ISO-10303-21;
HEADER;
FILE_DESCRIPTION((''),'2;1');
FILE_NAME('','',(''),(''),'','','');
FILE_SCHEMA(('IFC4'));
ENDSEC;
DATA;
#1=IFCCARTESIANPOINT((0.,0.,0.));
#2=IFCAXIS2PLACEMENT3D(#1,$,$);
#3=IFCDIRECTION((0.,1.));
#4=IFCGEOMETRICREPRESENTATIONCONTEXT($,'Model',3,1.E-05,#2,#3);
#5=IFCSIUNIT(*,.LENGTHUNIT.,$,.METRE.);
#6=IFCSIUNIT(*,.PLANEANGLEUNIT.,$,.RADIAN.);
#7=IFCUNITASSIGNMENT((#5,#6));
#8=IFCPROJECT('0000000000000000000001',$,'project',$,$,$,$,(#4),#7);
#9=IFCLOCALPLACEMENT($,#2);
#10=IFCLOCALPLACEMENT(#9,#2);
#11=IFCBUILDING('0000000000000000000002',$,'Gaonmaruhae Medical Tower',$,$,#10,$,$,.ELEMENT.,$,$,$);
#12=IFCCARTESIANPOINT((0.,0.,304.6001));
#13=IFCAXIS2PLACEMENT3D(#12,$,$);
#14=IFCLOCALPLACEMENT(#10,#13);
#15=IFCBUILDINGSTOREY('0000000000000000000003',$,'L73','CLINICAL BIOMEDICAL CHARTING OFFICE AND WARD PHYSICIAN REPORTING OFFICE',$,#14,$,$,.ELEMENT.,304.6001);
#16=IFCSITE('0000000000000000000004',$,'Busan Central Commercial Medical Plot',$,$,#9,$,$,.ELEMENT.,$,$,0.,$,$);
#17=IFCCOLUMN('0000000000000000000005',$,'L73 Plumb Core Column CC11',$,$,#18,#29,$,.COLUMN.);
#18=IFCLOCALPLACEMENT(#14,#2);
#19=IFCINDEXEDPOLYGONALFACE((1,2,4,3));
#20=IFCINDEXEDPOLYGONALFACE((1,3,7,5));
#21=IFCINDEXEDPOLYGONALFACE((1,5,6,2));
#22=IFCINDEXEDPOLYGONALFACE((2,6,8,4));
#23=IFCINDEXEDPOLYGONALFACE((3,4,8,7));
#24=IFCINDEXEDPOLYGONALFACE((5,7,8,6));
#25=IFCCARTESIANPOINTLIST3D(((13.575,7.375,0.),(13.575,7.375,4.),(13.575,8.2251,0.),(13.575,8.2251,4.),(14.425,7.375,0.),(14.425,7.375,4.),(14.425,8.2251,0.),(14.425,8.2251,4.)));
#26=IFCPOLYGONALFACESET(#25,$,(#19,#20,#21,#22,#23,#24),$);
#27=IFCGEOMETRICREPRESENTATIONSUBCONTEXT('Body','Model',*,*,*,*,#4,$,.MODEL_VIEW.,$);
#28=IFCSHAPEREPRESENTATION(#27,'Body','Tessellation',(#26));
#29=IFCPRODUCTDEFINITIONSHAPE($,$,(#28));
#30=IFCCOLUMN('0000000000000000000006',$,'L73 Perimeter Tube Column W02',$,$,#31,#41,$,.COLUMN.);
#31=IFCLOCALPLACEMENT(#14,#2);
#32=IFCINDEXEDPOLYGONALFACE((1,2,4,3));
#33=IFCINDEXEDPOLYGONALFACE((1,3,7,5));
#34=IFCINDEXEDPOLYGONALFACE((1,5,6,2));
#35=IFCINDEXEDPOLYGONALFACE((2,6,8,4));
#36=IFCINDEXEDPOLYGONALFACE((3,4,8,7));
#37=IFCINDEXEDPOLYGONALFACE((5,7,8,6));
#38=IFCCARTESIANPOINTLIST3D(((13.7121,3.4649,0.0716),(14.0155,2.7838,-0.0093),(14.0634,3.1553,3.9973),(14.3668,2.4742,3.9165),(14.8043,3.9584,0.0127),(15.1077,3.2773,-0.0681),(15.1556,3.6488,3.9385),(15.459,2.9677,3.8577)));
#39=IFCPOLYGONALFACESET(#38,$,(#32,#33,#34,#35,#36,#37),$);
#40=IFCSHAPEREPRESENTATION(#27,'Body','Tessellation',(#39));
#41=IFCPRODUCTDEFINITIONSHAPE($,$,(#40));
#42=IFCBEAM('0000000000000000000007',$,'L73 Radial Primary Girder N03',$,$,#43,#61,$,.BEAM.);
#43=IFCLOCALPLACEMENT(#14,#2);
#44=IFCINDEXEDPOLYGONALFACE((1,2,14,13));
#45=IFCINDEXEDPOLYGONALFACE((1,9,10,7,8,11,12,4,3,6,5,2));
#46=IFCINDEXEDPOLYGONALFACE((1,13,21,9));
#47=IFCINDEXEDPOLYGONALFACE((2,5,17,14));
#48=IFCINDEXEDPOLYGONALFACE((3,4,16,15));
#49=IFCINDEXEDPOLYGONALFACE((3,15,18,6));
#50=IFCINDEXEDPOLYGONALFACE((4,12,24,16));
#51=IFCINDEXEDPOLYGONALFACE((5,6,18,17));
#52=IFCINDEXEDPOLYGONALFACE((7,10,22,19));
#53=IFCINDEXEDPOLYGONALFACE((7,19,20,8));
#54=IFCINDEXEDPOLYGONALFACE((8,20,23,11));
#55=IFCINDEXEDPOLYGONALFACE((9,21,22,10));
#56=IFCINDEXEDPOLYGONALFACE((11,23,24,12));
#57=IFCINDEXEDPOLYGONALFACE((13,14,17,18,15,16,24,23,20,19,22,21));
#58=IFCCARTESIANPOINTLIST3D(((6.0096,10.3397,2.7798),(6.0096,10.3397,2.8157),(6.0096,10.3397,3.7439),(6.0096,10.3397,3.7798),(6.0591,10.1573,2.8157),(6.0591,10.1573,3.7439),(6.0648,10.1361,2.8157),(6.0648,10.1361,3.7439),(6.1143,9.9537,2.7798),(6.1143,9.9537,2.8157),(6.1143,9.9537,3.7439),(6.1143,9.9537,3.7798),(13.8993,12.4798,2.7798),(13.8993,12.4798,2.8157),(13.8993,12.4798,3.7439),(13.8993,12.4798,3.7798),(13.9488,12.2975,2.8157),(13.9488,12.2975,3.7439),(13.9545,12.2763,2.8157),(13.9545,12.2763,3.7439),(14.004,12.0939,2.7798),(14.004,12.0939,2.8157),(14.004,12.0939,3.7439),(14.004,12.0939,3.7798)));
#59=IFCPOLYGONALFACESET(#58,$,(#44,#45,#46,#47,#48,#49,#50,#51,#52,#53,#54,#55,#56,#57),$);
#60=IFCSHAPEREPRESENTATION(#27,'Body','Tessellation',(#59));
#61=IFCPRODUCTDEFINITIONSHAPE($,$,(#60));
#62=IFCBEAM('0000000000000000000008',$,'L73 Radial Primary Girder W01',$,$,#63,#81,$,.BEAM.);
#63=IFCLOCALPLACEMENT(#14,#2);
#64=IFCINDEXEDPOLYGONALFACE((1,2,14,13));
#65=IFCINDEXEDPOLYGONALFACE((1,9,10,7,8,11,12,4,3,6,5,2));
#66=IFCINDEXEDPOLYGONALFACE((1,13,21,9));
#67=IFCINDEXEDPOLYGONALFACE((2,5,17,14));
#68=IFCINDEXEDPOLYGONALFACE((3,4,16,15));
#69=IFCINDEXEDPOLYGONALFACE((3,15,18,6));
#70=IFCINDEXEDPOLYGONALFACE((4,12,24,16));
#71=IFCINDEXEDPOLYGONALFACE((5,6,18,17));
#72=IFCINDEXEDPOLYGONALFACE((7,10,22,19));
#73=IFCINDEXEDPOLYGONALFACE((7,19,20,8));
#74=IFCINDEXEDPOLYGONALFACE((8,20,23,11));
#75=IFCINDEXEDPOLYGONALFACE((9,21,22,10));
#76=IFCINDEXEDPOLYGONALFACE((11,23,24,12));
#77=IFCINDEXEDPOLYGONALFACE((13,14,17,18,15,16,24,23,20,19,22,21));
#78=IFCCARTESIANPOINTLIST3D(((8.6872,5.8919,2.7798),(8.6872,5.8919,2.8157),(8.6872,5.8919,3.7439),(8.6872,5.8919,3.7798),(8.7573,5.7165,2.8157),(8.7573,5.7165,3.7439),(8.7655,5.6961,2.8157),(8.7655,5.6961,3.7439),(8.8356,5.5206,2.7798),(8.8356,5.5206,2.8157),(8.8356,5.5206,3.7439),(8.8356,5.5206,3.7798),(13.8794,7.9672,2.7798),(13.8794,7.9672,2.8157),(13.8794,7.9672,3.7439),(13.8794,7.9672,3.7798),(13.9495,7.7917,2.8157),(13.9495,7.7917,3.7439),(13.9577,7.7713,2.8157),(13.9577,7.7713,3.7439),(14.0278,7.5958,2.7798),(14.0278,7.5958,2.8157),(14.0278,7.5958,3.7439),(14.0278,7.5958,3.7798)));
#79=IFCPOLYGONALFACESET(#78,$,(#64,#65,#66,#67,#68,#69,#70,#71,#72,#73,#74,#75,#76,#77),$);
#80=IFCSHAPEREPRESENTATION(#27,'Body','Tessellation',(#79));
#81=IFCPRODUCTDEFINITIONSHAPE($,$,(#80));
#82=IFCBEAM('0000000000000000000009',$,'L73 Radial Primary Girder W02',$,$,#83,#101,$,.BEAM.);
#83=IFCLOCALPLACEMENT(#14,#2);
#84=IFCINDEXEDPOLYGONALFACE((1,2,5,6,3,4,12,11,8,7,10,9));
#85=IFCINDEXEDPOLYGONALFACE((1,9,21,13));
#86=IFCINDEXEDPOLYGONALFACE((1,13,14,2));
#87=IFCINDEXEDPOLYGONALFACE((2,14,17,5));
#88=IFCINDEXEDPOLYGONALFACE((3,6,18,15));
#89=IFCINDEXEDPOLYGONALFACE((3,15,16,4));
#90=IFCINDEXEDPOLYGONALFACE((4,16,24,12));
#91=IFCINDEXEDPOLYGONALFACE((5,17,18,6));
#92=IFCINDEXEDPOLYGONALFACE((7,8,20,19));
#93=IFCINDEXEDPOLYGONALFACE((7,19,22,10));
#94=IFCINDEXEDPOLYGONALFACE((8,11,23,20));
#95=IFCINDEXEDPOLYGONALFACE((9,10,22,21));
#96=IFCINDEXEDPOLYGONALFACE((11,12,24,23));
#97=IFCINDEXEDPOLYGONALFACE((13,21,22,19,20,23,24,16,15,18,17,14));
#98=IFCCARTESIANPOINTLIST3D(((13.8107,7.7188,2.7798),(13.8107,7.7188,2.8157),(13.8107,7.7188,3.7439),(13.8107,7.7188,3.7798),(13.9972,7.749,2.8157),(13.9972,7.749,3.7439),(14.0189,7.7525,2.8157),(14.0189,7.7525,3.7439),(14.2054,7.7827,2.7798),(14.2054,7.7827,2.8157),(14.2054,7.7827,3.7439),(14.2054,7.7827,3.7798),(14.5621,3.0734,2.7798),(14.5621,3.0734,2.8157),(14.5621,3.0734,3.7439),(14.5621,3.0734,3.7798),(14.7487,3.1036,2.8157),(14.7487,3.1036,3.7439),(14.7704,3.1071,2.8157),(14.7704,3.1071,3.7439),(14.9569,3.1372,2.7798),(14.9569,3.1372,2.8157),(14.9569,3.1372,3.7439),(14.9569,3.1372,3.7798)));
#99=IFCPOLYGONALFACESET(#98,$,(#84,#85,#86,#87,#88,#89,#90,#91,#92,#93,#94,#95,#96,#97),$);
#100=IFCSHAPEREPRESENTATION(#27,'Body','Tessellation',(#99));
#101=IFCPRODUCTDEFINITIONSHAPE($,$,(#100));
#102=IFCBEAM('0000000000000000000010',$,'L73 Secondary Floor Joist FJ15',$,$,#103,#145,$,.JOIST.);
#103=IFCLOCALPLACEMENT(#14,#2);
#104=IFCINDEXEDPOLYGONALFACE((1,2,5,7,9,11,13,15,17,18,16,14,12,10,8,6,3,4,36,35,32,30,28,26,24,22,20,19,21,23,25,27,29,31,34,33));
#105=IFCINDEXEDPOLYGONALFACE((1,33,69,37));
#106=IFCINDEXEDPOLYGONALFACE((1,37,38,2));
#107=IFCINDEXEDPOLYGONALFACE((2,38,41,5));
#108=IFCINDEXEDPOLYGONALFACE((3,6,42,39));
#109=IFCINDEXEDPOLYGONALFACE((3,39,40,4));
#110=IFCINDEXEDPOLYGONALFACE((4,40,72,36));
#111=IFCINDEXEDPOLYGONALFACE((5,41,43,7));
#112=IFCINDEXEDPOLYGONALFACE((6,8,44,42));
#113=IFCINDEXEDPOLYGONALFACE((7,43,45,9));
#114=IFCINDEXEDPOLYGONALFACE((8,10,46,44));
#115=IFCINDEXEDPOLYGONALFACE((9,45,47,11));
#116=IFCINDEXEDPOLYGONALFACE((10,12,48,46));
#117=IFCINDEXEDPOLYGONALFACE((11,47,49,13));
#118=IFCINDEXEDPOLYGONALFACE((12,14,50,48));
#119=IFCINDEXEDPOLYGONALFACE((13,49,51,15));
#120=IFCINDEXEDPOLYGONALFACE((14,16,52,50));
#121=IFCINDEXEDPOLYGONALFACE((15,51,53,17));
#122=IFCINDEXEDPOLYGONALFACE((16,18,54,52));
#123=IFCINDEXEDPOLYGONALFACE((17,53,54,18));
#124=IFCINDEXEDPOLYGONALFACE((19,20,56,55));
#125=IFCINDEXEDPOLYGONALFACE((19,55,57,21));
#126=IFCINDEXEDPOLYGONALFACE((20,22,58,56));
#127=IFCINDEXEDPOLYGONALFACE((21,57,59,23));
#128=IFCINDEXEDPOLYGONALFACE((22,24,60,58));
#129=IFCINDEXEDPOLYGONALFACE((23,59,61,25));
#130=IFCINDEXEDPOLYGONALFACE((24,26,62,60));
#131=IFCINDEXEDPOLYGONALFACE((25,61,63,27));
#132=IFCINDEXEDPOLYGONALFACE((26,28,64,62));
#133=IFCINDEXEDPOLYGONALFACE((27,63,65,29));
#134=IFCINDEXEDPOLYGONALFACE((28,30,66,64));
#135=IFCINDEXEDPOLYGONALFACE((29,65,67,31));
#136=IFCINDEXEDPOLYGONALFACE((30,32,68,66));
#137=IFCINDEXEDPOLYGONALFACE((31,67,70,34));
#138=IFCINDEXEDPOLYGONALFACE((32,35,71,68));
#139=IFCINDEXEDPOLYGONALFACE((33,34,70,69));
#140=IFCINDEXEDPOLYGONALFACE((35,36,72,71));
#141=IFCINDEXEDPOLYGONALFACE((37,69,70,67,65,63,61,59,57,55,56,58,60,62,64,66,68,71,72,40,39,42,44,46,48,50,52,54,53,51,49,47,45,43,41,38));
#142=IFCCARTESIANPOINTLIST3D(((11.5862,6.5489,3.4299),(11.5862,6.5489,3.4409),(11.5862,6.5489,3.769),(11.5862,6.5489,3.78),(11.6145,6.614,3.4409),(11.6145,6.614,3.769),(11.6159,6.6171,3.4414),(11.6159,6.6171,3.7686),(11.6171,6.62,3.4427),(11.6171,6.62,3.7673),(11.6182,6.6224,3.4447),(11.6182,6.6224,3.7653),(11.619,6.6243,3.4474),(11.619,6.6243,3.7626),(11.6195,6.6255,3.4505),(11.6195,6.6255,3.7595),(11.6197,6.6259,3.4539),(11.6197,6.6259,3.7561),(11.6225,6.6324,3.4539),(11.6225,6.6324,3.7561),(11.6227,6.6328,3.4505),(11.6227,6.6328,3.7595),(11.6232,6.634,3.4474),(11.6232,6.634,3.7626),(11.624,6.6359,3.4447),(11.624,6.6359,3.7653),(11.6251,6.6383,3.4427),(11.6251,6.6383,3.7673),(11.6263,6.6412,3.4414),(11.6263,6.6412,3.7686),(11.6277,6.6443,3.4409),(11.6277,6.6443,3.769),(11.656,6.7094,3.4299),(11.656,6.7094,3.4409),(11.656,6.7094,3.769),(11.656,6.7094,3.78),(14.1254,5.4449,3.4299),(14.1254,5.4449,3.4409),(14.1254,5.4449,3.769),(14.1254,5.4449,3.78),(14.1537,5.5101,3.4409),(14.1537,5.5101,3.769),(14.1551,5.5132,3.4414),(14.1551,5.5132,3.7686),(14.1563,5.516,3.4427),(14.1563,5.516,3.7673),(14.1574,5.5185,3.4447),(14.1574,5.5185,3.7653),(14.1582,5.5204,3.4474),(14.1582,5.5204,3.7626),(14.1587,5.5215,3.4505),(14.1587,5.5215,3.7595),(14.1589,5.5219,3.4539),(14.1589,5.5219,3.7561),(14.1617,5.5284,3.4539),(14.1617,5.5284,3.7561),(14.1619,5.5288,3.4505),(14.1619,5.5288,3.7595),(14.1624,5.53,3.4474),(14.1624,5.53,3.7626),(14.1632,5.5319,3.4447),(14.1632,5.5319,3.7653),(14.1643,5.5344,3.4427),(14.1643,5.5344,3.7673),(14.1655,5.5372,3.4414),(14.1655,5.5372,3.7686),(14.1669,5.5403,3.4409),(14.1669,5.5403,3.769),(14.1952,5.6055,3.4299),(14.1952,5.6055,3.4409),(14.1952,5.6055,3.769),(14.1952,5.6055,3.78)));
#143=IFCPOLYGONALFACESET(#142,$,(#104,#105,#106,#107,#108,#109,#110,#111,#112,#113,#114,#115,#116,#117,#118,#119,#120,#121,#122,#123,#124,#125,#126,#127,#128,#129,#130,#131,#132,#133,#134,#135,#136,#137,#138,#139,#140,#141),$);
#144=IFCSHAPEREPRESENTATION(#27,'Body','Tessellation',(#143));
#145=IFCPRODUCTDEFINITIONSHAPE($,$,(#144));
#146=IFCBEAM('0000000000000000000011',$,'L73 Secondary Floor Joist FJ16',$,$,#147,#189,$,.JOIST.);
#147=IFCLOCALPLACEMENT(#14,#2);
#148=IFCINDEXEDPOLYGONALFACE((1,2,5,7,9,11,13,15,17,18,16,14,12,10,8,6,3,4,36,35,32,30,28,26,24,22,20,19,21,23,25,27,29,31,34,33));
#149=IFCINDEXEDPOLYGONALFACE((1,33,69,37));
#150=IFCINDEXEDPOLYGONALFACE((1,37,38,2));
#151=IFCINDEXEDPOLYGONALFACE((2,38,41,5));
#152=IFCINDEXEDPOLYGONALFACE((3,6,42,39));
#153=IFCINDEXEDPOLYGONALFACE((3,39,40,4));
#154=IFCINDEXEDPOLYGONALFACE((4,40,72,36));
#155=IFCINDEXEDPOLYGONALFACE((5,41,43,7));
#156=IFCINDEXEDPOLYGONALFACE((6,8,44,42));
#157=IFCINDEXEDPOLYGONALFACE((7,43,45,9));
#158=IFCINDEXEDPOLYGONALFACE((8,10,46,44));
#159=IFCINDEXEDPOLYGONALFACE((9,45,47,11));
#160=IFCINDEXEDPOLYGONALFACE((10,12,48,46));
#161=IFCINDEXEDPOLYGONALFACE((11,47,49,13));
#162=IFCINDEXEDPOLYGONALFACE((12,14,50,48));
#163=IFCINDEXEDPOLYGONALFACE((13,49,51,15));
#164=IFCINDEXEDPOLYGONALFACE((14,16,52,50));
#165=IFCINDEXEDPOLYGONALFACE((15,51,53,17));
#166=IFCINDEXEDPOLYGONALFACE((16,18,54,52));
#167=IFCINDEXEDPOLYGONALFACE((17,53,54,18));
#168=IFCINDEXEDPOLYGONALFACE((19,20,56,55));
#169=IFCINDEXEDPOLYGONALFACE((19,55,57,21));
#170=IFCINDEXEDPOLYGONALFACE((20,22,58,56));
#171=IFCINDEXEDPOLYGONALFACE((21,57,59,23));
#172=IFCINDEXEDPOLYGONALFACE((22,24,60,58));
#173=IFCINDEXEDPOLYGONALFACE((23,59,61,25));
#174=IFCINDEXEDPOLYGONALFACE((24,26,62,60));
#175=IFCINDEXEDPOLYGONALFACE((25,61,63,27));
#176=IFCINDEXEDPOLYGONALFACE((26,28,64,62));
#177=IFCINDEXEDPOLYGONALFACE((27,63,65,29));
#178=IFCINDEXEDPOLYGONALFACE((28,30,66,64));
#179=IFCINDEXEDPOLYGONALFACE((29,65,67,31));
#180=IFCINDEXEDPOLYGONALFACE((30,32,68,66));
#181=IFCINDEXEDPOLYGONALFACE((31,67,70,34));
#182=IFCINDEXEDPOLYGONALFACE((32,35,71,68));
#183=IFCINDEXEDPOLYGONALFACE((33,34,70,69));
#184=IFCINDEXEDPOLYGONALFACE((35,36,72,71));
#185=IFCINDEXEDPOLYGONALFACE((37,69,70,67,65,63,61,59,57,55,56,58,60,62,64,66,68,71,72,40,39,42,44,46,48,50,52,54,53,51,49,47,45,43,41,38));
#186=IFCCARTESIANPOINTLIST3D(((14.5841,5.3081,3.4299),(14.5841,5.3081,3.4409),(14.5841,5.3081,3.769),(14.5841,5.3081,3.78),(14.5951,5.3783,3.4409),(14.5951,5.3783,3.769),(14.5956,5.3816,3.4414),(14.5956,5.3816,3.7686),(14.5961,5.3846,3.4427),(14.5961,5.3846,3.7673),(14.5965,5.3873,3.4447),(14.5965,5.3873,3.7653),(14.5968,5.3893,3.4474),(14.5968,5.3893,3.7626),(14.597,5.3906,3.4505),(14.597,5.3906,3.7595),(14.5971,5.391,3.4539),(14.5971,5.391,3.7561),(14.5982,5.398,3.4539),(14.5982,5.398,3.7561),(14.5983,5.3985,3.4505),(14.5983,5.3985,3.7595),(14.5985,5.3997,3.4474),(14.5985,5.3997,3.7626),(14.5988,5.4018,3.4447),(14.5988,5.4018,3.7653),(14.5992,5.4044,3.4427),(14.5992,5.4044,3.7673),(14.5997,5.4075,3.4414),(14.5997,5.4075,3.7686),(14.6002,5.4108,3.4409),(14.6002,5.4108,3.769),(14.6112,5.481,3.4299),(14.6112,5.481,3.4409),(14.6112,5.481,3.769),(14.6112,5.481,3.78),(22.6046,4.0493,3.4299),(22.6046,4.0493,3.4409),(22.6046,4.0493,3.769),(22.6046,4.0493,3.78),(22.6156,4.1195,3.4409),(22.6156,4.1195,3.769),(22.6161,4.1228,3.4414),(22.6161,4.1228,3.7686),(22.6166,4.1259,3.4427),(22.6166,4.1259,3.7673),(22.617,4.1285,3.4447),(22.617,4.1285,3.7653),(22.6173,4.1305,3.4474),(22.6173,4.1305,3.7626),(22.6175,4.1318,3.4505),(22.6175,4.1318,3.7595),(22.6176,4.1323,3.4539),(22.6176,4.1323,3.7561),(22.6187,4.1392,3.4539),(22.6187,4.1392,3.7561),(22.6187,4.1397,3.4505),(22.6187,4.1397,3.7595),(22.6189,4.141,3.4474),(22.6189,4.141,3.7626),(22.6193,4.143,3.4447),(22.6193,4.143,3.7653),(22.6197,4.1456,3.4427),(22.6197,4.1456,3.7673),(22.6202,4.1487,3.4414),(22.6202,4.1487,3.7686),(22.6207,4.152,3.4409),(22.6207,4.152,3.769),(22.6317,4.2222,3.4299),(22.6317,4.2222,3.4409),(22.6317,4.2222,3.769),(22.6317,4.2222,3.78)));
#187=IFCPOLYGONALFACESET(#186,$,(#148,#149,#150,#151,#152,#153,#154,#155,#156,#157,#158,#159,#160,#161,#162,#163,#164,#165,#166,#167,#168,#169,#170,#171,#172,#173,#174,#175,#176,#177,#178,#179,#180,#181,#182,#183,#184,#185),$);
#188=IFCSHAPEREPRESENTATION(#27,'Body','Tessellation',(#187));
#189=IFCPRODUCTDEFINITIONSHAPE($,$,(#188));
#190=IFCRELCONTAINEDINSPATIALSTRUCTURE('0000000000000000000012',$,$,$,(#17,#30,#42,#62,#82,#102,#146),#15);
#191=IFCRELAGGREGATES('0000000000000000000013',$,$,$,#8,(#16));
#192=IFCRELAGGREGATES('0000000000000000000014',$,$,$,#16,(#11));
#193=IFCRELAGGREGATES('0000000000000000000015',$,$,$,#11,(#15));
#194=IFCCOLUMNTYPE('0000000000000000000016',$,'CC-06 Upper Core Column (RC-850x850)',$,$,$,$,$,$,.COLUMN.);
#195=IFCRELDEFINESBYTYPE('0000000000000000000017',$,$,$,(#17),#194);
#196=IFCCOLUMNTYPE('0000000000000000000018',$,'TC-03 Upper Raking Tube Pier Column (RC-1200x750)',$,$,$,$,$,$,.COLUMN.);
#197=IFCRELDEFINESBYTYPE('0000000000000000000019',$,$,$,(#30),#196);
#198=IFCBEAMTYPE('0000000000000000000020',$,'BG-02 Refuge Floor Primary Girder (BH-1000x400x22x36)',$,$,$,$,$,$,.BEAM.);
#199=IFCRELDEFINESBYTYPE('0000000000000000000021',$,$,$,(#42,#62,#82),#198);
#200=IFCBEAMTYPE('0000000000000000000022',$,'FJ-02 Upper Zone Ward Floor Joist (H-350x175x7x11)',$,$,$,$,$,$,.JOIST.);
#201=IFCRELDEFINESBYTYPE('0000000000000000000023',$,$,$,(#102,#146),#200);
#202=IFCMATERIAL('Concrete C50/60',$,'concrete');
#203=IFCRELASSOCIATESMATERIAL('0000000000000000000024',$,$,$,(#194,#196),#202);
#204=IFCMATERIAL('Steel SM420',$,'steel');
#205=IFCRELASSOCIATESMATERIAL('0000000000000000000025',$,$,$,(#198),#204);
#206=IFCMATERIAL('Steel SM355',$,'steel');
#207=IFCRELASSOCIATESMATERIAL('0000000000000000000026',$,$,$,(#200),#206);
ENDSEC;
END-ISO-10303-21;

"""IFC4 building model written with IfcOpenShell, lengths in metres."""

from ifc_helpers import new_model, si_unit, direction, frame, origin, origin_2d, place, context, subcontext, project, spatial, rectangle, i_section, extrude, material, material_profile, profile_set, type_object, element, save


model = new_model("IFC4")

# Units and contexts
model_context = context("Model", 3, precision=1e-05, world=origin(), true_north=direction((0.0, 1.0)))
body_context = subcontext(model_context, "Body", "Model", "MODEL_VIEW")
ifc_project = project(units=[si_unit("LENGTHUNIT", "METRE"), si_unit("PLANEANGLEUNIT", "RADIAN")], contexts=[model_context])

# Site, building, storey
site_placement = place(None, origin())
site = spatial("IfcSite", under=ifc_project, at=site_placement, Name="Busan Central Commercial Medical Plot", CompositionType="ELEMENT", RefElevation=0.0)
building_placement = place(site_placement, origin())
building = spatial("IfcBuilding", under=site, at=building_placement, Name="Gaonmaruhae Medical Tower", CompositionType="ELEMENT")
storey_placement = place(building_placement, frame((0.0, 0.0, 304.6001)))
storey = spatial("IfcBuildingStorey", under=building, at=storey_placement, Name="L73", Description="CLINICAL BIOMEDICAL CHARTING OFFICE AND WARD PHYSICIAN REPORTING OFFICE", CompositionType="ELEMENT", Elevation=304.6001)

# Columns
ifc_material_1 = material(Name="Concrete C50/60", Category="concrete")
ifc_material_profile_1 = material_profile(ifc_material_1, rectangle(XDim=0.8501, YDim=0.8501, at=origin_2d()), Name="RC-850x850")
ifc_profile_set_1 = profile_set([ifc_material_profile_1], Name="Concrete C50/60")
column_type_1 = type_object("IfcColumnType", Name="CC-06 Upper Core Column (RC-850x850)", PredefinedType="COLUMN", material=ifc_profile_set_1)
column_1_placement = place(storey_placement, frame((14.0, 7.8, 0.0), z_axis=(0.0, 0.0, 1.0), x_axis=(1.0, 0.0, 0.0)))
element("IfcColumn", 1, at=column_1_placement, inside=storey, type_object=column_type_1, Name="L73 Plumb Core Column CC11", PredefinedType="COLUMN", context=body_context, shape_type="SweptSolid", body=[
    extrude(rectangle(XDim=0.8501, YDim=0.8501, at=origin_2d()), origin(), (0.0, 0.0, 1.0), 4.0),
])
ifc_material_profile_2 = material_profile(ifc_material_1, rectangle(XDim=1.2, YDim=0.75, at=origin_2d()), Name="RC-1200x750")
ifc_profile_set_2 = profile_set([ifc_material_profile_2], Name="Concrete C50/60")
column_type_2 = type_object("IfcColumnType", Name="TC-03 Upper Raking Tube Pier Column (RC-1200x750)", PredefinedType="COLUMN", material=ifc_profile_set_2)
column_2_placement = place(storey_placement, frame((14.4099, 3.3711, 0.0017), z_axis=(0.08886, -0.078301, 0.992962), x_axis=(-0.910188, -0.411285, 0.049021)))
element("IfcColumn", 2, at=column_2_placement, inside=storey, type_object=column_type_2, Name="L73 Perimeter Tube Column W02", PredefinedType="COLUMN", context=body_context, shape_type="SweptSolid", body=[
    extrude(rectangle(XDim=1.2, YDim=0.75, at=origin_2d()), origin(), (0.0, 0.0, 1.0), 3.9536),
])

# Beams
ifc_material_2 = material(Name="Steel SM420", Category="steel")
ifc_material_profile_3 = material_profile(ifc_material_2, i_section(OverallWidth=0.3999, OverallDepth=1.0, WebThickness=0.022, FlangeThickness=0.0359, at=origin_2d()), Name="BH-1000x400x22x36")
ifc_profile_set_3 = profile_set([ifc_material_profile_3], Name="Steel SM420")
beam_type_1 = type_object("IfcBeamType", Name="BG-02 Refuge Floor Primary Girder (BH-1000x400x22x36)", PredefinedType="BEAM", material=ifc_profile_set_3)
beam_1_placement = place(storey_placement, frame((13.9517, 12.2869, 3.2798), z_axis=(-0.965123, -0.261798, 0.0), x_axis=(0.261798, -0.965123, 0.0)))
element("IfcBeam", 3, at=beam_1_placement, inside=storey, type_object=beam_type_1, Name="L73 Radial Primary Girder N03", PredefinedType="BEAM", context=body_context, shape_type="SweptSolid", body=[
    extrude(i_section(OverallWidth=0.3999, OverallDepth=1.0, WebThickness=0.022, FlangeThickness=0.0359, at=origin_2d()), origin(), (0.0, 0.0, 1.0), 8.1748),
])
beam_2_placement = place(storey_placement, frame((13.9536, 7.7815, 3.2798), z_axis=(-0.928579, -0.371135, 0.0), x_axis=(0.371135, -0.928579, 0.0)))
element("IfcBeam", 4, at=beam_2_placement, inside=storey, type_object=beam_type_1, Name="L73 Radial Primary Girder W01", PredefinedType="BEAM", context=body_context, shape_type="SweptSolid", body=[
    extrude(i_section(OverallWidth=0.3999, OverallDepth=1.0, WebThickness=0.022, FlangeThickness=0.0359, at=origin_2d()), origin(), (0.0, 0.0, 1.0), 5.5916),
])
beam_3_placement = place(storey_placement, frame((14.0081, 7.7507, 3.2798), z_axis=(0.159686, -0.987168, 0.0), x_axis=(0.987168, 0.159686, 0.0)))
element("IfcBeam", 5, at=beam_3_placement, inside=storey, type_object=beam_type_1, Name="L73 Radial Primary Girder W02", PredefinedType="BEAM", context=body_context, shape_type="SweptSolid", body=[
    extrude(i_section(OverallWidth=0.3999, OverallDepth=1.0, WebThickness=0.022, FlangeThickness=0.0359, at=origin_2d()), origin(), (0.0, 0.0, 1.0), 4.7058),
])
ifc_material_3 = material(Name="Steel SM355", Category="steel")
ifc_material_profile_4 = material_profile(ifc_material_3, i_section(OverallWidth=0.175, OverallDepth=0.3501, WebThickness=0.0071, FlangeThickness=0.011, FilletRadius=0.0129, at=origin_2d()), Name="H-350x175x7x11")
ifc_profile_set_4 = profile_set([ifc_material_profile_4], Name="Steel SM355")
beam_type_2 = type_object("IfcBeamType", Name="FJ-02 Upper Zone Ward Floor Joist (H-350x175x7x11)", PredefinedType="JOIST", material=ifc_profile_set_4)
beam_4_placement = place(storey_placement, frame((11.6211, 6.6292, 3.605), z_axis=(0.917076, -0.398713, 0.0), x_axis=(0.398713, 0.917076, 0.0)))
element("IfcBeam", 6, at=beam_4_placement, inside=storey, type_object=beam_type_2, Name="L73 Secondary Floor Joist FJ15", PredefinedType="JOIST", context=body_context, shape_type="SweptSolid", body=[
    extrude(i_section(OverallWidth=0.175, OverallDepth=0.3501, WebThickness=0.0071, FlangeThickness=0.011, FilletRadius=0.0129, at=origin_2d()), origin(), (0.0, 0.0, 1.0), 2.7688),
])
beam_5_placement = place(storey_placement, frame((14.5977, 5.3945, 3.605), z_axis=(0.987907, -0.155048, 0.0), x_axis=(0.155048, 0.987907, 0.0)))
element("IfcBeam", 7, at=beam_5_placement, inside=storey, type_object=beam_type_2, Name="L73 Secondary Floor Joist FJ16", PredefinedType="JOIST", context=body_context, shape_type="SweptSolid", body=[
    extrude(i_section(OverallWidth=0.175, OverallDepth=0.3501, WebThickness=0.0071, FlangeThickness=0.011, FilletRadius=0.0129, at=origin_2d()), origin(), (0.0, 0.0, 1.0), 8.1187),
])

save(model, "model.ifc")
